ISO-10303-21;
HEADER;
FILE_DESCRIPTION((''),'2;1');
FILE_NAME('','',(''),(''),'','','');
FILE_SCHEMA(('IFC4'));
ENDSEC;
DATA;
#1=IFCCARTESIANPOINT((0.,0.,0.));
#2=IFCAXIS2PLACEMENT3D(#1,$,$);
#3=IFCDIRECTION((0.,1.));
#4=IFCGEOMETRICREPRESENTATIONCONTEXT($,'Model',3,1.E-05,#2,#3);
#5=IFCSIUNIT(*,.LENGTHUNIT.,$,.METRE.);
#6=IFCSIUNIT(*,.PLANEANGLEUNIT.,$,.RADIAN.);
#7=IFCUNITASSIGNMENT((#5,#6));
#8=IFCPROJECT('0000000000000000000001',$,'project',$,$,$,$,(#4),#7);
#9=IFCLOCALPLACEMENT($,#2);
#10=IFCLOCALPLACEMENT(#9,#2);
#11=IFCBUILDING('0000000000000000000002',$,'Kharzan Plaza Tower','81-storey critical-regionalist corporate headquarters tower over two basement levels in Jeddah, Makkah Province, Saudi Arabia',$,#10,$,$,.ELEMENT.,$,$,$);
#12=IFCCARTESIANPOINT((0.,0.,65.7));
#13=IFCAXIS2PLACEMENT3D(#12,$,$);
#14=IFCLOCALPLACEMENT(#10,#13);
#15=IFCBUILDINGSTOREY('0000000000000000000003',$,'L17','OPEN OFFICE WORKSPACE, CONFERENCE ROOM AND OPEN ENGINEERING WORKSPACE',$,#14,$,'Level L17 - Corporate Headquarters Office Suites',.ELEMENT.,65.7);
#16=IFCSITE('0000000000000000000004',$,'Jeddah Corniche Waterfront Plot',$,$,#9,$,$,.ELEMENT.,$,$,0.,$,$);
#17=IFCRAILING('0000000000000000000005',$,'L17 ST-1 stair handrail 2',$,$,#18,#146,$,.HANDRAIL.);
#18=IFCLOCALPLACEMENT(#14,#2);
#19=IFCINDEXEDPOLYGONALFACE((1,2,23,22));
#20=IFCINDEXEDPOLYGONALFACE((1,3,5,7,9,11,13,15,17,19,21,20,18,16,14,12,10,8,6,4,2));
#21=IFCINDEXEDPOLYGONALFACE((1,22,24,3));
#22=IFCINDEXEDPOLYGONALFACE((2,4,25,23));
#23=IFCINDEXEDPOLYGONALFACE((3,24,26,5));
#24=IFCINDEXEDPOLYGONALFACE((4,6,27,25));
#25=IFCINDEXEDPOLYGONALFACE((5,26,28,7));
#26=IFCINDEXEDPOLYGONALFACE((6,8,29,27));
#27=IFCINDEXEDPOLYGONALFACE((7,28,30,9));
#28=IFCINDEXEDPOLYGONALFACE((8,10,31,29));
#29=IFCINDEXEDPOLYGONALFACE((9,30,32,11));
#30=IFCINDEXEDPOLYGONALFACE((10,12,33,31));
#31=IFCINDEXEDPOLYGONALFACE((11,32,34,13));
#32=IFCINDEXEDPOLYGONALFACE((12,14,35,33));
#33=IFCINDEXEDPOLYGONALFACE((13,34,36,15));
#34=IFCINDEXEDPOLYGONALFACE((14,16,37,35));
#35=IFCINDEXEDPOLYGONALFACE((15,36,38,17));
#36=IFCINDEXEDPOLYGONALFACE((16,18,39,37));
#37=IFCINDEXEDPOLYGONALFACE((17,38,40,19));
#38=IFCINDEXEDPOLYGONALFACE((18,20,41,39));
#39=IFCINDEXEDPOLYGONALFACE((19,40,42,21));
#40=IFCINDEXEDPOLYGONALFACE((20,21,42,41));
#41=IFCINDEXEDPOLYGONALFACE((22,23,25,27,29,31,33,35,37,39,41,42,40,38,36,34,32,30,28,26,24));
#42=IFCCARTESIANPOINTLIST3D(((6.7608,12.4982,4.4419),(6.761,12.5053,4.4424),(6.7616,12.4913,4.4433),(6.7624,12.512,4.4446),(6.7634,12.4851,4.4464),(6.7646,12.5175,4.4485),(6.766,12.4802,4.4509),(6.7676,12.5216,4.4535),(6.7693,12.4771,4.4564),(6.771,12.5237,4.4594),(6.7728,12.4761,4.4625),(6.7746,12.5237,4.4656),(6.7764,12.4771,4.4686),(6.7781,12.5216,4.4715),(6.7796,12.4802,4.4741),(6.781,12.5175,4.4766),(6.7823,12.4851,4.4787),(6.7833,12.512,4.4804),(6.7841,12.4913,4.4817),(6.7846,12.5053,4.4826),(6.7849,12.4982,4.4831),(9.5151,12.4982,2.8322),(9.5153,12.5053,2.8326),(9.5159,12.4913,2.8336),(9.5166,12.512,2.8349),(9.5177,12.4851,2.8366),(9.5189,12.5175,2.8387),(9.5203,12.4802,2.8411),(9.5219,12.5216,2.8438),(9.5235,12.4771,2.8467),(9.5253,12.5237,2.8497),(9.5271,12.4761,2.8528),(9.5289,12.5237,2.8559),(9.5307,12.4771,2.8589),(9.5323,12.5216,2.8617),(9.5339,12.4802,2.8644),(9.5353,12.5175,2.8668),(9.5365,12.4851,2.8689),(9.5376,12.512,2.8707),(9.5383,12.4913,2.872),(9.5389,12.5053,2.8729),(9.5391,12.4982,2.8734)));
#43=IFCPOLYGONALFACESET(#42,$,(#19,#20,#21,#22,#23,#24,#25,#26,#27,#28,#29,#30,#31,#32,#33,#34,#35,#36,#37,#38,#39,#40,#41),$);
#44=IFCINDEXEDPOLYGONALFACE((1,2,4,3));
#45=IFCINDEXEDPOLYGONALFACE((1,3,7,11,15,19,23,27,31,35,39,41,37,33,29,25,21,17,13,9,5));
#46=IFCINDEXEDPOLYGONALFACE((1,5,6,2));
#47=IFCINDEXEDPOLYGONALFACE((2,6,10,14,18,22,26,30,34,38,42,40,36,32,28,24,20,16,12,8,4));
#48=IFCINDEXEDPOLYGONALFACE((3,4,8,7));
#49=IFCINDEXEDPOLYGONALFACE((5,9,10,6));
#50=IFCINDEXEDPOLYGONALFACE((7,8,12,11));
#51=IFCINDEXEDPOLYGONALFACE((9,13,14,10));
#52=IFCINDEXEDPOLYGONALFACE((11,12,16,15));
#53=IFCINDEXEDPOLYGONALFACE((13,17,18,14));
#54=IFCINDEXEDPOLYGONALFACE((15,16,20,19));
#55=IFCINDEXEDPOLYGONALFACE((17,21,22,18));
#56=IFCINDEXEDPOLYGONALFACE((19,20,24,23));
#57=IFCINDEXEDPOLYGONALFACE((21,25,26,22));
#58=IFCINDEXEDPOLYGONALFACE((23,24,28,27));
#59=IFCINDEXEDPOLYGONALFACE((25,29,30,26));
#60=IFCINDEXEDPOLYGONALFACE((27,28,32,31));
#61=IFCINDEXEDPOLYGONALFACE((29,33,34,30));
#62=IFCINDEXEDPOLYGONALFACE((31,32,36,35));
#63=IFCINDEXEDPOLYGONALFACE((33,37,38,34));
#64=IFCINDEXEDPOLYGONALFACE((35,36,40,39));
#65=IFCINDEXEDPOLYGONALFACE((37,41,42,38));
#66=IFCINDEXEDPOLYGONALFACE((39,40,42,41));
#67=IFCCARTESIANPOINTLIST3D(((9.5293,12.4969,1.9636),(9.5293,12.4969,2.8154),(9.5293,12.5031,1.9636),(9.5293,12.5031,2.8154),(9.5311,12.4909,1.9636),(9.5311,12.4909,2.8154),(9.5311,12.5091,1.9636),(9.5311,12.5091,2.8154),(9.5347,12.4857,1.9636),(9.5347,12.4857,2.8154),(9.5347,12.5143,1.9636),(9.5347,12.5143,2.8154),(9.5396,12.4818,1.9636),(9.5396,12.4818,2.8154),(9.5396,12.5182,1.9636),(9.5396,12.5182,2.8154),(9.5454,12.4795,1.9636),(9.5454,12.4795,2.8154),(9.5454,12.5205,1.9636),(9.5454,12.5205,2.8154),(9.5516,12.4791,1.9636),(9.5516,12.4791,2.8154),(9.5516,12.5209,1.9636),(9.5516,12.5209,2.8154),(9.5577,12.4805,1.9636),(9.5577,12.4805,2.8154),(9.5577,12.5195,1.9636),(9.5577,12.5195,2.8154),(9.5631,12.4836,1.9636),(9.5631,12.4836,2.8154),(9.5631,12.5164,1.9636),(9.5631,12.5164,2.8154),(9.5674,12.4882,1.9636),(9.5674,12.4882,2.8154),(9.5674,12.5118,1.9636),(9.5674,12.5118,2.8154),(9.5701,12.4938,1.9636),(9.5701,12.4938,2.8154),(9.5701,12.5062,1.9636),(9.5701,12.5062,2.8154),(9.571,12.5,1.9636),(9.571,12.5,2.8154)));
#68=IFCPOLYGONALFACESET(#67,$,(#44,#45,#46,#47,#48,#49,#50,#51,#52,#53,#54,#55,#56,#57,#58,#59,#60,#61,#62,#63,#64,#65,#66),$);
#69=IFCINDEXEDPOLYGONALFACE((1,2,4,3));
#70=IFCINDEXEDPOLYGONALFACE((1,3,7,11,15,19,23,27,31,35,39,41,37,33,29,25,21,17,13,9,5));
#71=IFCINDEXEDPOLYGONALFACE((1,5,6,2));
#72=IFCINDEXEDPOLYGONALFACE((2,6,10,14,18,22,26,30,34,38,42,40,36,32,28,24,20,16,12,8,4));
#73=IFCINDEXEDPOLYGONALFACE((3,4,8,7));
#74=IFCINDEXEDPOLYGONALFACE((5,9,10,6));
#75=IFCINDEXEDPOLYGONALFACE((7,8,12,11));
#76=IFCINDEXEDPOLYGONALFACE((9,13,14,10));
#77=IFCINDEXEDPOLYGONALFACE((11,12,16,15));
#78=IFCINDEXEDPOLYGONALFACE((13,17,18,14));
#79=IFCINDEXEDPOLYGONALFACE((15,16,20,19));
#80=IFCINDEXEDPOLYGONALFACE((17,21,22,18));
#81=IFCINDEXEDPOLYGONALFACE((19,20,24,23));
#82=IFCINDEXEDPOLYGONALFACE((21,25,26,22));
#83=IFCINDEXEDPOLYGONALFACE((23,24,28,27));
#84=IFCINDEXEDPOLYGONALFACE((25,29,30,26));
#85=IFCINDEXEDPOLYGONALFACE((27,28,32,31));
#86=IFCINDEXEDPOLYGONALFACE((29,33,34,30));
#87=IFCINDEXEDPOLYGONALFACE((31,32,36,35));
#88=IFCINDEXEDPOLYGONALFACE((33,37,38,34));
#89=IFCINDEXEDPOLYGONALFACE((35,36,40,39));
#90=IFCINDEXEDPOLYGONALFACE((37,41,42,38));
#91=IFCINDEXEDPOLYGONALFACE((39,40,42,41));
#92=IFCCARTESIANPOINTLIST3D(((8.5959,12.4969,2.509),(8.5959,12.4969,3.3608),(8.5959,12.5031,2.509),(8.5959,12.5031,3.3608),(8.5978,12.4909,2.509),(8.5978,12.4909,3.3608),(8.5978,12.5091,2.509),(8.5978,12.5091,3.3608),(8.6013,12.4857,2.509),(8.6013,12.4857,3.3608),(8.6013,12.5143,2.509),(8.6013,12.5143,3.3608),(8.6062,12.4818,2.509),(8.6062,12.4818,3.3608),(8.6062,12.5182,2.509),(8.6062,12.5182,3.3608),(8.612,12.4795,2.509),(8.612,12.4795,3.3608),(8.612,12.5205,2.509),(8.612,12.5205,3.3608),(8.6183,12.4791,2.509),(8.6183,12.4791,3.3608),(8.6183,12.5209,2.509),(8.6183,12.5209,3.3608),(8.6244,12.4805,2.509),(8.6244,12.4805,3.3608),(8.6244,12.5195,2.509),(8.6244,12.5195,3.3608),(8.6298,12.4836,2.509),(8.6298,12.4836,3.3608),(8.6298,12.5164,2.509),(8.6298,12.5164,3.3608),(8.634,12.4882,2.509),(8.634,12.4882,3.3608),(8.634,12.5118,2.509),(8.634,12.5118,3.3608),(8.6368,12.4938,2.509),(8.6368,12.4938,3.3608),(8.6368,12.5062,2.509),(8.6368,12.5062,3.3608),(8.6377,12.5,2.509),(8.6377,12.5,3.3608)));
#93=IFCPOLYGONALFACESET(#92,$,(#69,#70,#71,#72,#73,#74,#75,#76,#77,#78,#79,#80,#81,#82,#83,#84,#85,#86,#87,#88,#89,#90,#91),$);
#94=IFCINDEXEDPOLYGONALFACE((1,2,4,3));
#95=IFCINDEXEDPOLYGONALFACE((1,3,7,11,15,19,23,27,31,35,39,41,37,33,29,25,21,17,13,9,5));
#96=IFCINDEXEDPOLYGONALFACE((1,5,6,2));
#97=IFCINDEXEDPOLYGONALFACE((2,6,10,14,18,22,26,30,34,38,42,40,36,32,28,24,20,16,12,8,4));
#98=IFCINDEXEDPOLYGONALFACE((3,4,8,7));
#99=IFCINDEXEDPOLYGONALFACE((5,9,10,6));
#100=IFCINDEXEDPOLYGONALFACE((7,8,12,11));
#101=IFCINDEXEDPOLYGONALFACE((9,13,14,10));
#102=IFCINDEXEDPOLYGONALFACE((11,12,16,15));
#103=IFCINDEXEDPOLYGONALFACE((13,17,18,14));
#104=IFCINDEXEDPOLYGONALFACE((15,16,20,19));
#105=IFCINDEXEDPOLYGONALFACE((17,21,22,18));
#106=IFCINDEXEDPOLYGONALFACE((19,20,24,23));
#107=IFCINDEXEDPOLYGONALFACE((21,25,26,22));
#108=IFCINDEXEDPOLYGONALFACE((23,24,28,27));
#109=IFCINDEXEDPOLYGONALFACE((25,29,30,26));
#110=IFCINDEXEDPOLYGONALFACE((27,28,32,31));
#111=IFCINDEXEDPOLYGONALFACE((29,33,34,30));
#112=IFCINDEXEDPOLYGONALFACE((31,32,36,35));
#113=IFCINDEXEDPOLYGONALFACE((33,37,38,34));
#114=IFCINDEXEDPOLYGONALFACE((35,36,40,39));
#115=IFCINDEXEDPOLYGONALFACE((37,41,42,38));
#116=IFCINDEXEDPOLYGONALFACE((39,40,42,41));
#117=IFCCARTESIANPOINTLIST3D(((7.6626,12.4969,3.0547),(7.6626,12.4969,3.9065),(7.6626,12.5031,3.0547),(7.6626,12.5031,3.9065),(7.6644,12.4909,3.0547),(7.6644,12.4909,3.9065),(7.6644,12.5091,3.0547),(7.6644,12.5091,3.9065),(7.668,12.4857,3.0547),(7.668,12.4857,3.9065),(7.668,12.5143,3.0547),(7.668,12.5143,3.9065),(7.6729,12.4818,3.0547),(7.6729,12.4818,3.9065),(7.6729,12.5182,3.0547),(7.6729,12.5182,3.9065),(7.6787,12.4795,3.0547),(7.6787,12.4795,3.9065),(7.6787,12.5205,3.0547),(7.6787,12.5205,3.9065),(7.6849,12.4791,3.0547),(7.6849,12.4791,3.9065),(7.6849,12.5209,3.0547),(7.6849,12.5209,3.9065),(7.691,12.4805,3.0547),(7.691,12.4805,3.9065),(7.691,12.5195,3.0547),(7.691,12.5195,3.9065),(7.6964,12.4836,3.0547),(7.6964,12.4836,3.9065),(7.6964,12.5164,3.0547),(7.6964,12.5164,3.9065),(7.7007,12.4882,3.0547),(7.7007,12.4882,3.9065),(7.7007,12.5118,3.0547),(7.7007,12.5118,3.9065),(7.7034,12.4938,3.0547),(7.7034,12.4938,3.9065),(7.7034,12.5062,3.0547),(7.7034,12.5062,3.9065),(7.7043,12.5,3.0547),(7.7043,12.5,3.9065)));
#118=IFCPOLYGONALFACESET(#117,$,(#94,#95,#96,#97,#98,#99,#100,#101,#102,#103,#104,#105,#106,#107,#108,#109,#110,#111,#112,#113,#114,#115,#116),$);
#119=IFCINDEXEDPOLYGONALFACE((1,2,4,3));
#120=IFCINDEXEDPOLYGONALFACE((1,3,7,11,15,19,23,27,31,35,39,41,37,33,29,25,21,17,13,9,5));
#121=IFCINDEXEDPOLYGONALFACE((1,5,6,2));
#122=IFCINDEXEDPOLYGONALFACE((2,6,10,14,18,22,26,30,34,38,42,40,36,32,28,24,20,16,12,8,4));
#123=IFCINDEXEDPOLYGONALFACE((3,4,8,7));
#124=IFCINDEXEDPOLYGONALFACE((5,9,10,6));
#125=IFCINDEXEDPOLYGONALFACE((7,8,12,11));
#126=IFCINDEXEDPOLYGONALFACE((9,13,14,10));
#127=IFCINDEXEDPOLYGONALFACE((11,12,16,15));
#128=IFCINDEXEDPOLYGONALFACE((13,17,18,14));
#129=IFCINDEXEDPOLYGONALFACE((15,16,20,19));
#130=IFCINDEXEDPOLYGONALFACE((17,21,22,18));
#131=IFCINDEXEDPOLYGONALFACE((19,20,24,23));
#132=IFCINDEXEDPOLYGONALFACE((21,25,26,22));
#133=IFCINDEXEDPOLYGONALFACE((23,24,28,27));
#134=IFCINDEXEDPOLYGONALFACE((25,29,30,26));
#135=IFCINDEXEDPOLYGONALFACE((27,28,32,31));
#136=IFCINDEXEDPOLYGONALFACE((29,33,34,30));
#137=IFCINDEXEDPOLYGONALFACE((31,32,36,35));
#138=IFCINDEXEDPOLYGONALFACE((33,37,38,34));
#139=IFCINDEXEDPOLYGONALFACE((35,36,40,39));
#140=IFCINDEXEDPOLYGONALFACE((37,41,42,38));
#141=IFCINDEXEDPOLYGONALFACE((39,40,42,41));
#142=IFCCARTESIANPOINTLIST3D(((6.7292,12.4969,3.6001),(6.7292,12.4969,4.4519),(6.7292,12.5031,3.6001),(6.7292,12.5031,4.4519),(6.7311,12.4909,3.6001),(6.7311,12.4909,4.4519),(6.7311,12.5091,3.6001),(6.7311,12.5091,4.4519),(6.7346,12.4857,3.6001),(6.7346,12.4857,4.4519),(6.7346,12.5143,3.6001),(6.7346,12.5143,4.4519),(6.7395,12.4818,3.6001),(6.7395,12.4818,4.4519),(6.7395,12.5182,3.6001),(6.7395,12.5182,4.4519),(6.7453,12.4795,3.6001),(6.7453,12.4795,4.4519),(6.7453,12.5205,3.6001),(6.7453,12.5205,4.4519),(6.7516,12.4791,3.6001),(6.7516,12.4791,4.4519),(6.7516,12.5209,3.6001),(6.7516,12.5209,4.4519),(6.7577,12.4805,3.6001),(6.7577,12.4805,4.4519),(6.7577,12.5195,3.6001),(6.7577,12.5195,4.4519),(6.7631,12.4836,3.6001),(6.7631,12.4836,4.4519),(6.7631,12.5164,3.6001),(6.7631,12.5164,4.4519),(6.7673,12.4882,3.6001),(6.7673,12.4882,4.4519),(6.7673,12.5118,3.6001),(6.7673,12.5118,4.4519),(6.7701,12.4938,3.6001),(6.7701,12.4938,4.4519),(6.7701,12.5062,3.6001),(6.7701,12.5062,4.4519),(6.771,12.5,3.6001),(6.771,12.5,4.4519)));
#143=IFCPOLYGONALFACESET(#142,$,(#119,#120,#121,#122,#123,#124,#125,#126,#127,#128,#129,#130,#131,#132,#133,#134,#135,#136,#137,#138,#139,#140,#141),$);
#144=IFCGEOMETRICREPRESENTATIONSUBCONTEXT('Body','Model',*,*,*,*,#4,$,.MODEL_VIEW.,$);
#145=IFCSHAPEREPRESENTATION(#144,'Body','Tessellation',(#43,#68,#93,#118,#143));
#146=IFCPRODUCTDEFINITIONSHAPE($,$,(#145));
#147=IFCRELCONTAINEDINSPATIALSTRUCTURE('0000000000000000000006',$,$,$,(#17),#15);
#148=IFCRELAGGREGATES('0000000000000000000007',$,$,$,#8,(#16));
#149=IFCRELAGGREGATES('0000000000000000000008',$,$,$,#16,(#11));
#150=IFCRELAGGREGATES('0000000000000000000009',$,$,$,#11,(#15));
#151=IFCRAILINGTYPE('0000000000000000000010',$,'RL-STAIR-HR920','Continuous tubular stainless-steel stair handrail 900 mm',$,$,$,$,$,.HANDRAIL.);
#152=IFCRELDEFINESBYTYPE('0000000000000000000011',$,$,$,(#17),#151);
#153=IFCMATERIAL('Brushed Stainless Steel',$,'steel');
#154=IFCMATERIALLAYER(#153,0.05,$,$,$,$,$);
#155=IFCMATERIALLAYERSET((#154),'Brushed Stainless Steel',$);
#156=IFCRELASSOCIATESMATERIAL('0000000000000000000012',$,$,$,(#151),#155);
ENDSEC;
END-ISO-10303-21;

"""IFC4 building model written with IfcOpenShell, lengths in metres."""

from ifc_helpers import new_model, si_unit, direction, frame, origin, origin_2d, place, context, subcontext, project, spatial, circle, extrude, source, transform, mapped, material, layer, layer_set, type_object, element, save


model = new_model("IFC4")

# Units and contexts
model_context = context("Model", 3, precision=1e-05, world=origin(), true_north=direction((0.0, 1.0)))
body_context = subcontext(model_context, "Body", "Model", "MODEL_VIEW")
ifc_project = project(units=[si_unit("LENGTHUNIT", "METRE"), si_unit("PLANEANGLEUNIT", "RADIAN")], contexts=[model_context])

# Site, building, storey
site_placement = place(None, origin())
site = spatial("IfcSite", under=ifc_project, at=site_placement, Name="Jeddah Corniche Waterfront Plot", CompositionType="ELEMENT", RefElevation=0.0)
building_placement = place(site_placement, origin())
building = spatial("IfcBuilding", under=site, at=building_placement, Name="Kharzan Plaza Tower", Description="81-storey critical-regionalist corporate headquarters tower over two basement levels in Jeddah, Makkah Province, Saudi Arabia", CompositionType="ELEMENT")
storey_placement = place(building_placement, frame((0.0, 0.0, 65.7)))
storey = spatial("IfcBuildingStorey", under=building, at=storey_placement, Name="L17", Description="OPEN OFFICE WORKSPACE, CONFERENCE ROOM AND OPEN ENGINEERING WORKSPACE", LongName="Level L17 - Corporate Headquarters Office Suites", CompositionType="ELEMENT", Elevation=65.7)

# Shared definitions
ifc_material_1 = material(Name="Brushed Stainless Steel", Category="steel")

# Railing
ifc_layer_1 = layer(ifc_material_1, 0.05)
ifc_layer_set_1 = layer_set([ifc_layer_1], Name="Brushed Stainless Steel")
railing_type = type_object("IfcRailingType", Name="RL-STAIR-HR920", Description="Continuous tubular stainless-steel stair handrail 900 mm", PredefinedType="HANDRAIL", material=ifc_layer_set_1)
shared_shape_1 = source(origin(), body_context, "Body", "SweptSolid", [
    extrude(circle(Radius=0.0239, at=origin_2d()), frame((-0.0229, 0.0, 0.8892), z_axis=(-0.863361, 0.0, 0.504587), x_axis=(0.0, -1.0, 0.0)), (0.0, 0.0, 1.0), 3.1902),
    extrude(circle(Radius=0.021, at=origin_2d()), origin(), (0.0, 0.0, 1.0), 0.8518),
    extrude(circle(Radius=0.021, at=origin_2d()), frame((-0.9333, 0.0, 0.5454)), (0.0, 0.0, 1.0), 0.8518),
    extrude(circle(Radius=0.021, at=origin_2d()), frame((-1.8667, 0.0, 1.0911)), (0.0, 0.0, 1.0), 0.8518),
    extrude(circle(Radius=0.021, at=origin_2d()), frame((-2.8, 0.0, 1.6365)), (0.0, 0.0, 1.0), 0.8518),
])
railing_placement = place(storey_placement, frame((9.55, 12.5, 1.9636)))
element("IfcRailing", 1, at=railing_placement, inside=storey, type_object=railing_type, Name="L17 ST-1 stair handrail 2", PredefinedType="HANDRAIL", context=body_context, shape_type="MappedRepresentation", body=[
    mapped(shared_shape_1, transform((0.0, 0.0, 0.0), x_axis=(1.0, 0.0, 0.0), y_axis=(0.0, 1.0, 0.0), z_axis=(0.0, 0.0, 1.0))),
])

save(model, "model.ifc")
